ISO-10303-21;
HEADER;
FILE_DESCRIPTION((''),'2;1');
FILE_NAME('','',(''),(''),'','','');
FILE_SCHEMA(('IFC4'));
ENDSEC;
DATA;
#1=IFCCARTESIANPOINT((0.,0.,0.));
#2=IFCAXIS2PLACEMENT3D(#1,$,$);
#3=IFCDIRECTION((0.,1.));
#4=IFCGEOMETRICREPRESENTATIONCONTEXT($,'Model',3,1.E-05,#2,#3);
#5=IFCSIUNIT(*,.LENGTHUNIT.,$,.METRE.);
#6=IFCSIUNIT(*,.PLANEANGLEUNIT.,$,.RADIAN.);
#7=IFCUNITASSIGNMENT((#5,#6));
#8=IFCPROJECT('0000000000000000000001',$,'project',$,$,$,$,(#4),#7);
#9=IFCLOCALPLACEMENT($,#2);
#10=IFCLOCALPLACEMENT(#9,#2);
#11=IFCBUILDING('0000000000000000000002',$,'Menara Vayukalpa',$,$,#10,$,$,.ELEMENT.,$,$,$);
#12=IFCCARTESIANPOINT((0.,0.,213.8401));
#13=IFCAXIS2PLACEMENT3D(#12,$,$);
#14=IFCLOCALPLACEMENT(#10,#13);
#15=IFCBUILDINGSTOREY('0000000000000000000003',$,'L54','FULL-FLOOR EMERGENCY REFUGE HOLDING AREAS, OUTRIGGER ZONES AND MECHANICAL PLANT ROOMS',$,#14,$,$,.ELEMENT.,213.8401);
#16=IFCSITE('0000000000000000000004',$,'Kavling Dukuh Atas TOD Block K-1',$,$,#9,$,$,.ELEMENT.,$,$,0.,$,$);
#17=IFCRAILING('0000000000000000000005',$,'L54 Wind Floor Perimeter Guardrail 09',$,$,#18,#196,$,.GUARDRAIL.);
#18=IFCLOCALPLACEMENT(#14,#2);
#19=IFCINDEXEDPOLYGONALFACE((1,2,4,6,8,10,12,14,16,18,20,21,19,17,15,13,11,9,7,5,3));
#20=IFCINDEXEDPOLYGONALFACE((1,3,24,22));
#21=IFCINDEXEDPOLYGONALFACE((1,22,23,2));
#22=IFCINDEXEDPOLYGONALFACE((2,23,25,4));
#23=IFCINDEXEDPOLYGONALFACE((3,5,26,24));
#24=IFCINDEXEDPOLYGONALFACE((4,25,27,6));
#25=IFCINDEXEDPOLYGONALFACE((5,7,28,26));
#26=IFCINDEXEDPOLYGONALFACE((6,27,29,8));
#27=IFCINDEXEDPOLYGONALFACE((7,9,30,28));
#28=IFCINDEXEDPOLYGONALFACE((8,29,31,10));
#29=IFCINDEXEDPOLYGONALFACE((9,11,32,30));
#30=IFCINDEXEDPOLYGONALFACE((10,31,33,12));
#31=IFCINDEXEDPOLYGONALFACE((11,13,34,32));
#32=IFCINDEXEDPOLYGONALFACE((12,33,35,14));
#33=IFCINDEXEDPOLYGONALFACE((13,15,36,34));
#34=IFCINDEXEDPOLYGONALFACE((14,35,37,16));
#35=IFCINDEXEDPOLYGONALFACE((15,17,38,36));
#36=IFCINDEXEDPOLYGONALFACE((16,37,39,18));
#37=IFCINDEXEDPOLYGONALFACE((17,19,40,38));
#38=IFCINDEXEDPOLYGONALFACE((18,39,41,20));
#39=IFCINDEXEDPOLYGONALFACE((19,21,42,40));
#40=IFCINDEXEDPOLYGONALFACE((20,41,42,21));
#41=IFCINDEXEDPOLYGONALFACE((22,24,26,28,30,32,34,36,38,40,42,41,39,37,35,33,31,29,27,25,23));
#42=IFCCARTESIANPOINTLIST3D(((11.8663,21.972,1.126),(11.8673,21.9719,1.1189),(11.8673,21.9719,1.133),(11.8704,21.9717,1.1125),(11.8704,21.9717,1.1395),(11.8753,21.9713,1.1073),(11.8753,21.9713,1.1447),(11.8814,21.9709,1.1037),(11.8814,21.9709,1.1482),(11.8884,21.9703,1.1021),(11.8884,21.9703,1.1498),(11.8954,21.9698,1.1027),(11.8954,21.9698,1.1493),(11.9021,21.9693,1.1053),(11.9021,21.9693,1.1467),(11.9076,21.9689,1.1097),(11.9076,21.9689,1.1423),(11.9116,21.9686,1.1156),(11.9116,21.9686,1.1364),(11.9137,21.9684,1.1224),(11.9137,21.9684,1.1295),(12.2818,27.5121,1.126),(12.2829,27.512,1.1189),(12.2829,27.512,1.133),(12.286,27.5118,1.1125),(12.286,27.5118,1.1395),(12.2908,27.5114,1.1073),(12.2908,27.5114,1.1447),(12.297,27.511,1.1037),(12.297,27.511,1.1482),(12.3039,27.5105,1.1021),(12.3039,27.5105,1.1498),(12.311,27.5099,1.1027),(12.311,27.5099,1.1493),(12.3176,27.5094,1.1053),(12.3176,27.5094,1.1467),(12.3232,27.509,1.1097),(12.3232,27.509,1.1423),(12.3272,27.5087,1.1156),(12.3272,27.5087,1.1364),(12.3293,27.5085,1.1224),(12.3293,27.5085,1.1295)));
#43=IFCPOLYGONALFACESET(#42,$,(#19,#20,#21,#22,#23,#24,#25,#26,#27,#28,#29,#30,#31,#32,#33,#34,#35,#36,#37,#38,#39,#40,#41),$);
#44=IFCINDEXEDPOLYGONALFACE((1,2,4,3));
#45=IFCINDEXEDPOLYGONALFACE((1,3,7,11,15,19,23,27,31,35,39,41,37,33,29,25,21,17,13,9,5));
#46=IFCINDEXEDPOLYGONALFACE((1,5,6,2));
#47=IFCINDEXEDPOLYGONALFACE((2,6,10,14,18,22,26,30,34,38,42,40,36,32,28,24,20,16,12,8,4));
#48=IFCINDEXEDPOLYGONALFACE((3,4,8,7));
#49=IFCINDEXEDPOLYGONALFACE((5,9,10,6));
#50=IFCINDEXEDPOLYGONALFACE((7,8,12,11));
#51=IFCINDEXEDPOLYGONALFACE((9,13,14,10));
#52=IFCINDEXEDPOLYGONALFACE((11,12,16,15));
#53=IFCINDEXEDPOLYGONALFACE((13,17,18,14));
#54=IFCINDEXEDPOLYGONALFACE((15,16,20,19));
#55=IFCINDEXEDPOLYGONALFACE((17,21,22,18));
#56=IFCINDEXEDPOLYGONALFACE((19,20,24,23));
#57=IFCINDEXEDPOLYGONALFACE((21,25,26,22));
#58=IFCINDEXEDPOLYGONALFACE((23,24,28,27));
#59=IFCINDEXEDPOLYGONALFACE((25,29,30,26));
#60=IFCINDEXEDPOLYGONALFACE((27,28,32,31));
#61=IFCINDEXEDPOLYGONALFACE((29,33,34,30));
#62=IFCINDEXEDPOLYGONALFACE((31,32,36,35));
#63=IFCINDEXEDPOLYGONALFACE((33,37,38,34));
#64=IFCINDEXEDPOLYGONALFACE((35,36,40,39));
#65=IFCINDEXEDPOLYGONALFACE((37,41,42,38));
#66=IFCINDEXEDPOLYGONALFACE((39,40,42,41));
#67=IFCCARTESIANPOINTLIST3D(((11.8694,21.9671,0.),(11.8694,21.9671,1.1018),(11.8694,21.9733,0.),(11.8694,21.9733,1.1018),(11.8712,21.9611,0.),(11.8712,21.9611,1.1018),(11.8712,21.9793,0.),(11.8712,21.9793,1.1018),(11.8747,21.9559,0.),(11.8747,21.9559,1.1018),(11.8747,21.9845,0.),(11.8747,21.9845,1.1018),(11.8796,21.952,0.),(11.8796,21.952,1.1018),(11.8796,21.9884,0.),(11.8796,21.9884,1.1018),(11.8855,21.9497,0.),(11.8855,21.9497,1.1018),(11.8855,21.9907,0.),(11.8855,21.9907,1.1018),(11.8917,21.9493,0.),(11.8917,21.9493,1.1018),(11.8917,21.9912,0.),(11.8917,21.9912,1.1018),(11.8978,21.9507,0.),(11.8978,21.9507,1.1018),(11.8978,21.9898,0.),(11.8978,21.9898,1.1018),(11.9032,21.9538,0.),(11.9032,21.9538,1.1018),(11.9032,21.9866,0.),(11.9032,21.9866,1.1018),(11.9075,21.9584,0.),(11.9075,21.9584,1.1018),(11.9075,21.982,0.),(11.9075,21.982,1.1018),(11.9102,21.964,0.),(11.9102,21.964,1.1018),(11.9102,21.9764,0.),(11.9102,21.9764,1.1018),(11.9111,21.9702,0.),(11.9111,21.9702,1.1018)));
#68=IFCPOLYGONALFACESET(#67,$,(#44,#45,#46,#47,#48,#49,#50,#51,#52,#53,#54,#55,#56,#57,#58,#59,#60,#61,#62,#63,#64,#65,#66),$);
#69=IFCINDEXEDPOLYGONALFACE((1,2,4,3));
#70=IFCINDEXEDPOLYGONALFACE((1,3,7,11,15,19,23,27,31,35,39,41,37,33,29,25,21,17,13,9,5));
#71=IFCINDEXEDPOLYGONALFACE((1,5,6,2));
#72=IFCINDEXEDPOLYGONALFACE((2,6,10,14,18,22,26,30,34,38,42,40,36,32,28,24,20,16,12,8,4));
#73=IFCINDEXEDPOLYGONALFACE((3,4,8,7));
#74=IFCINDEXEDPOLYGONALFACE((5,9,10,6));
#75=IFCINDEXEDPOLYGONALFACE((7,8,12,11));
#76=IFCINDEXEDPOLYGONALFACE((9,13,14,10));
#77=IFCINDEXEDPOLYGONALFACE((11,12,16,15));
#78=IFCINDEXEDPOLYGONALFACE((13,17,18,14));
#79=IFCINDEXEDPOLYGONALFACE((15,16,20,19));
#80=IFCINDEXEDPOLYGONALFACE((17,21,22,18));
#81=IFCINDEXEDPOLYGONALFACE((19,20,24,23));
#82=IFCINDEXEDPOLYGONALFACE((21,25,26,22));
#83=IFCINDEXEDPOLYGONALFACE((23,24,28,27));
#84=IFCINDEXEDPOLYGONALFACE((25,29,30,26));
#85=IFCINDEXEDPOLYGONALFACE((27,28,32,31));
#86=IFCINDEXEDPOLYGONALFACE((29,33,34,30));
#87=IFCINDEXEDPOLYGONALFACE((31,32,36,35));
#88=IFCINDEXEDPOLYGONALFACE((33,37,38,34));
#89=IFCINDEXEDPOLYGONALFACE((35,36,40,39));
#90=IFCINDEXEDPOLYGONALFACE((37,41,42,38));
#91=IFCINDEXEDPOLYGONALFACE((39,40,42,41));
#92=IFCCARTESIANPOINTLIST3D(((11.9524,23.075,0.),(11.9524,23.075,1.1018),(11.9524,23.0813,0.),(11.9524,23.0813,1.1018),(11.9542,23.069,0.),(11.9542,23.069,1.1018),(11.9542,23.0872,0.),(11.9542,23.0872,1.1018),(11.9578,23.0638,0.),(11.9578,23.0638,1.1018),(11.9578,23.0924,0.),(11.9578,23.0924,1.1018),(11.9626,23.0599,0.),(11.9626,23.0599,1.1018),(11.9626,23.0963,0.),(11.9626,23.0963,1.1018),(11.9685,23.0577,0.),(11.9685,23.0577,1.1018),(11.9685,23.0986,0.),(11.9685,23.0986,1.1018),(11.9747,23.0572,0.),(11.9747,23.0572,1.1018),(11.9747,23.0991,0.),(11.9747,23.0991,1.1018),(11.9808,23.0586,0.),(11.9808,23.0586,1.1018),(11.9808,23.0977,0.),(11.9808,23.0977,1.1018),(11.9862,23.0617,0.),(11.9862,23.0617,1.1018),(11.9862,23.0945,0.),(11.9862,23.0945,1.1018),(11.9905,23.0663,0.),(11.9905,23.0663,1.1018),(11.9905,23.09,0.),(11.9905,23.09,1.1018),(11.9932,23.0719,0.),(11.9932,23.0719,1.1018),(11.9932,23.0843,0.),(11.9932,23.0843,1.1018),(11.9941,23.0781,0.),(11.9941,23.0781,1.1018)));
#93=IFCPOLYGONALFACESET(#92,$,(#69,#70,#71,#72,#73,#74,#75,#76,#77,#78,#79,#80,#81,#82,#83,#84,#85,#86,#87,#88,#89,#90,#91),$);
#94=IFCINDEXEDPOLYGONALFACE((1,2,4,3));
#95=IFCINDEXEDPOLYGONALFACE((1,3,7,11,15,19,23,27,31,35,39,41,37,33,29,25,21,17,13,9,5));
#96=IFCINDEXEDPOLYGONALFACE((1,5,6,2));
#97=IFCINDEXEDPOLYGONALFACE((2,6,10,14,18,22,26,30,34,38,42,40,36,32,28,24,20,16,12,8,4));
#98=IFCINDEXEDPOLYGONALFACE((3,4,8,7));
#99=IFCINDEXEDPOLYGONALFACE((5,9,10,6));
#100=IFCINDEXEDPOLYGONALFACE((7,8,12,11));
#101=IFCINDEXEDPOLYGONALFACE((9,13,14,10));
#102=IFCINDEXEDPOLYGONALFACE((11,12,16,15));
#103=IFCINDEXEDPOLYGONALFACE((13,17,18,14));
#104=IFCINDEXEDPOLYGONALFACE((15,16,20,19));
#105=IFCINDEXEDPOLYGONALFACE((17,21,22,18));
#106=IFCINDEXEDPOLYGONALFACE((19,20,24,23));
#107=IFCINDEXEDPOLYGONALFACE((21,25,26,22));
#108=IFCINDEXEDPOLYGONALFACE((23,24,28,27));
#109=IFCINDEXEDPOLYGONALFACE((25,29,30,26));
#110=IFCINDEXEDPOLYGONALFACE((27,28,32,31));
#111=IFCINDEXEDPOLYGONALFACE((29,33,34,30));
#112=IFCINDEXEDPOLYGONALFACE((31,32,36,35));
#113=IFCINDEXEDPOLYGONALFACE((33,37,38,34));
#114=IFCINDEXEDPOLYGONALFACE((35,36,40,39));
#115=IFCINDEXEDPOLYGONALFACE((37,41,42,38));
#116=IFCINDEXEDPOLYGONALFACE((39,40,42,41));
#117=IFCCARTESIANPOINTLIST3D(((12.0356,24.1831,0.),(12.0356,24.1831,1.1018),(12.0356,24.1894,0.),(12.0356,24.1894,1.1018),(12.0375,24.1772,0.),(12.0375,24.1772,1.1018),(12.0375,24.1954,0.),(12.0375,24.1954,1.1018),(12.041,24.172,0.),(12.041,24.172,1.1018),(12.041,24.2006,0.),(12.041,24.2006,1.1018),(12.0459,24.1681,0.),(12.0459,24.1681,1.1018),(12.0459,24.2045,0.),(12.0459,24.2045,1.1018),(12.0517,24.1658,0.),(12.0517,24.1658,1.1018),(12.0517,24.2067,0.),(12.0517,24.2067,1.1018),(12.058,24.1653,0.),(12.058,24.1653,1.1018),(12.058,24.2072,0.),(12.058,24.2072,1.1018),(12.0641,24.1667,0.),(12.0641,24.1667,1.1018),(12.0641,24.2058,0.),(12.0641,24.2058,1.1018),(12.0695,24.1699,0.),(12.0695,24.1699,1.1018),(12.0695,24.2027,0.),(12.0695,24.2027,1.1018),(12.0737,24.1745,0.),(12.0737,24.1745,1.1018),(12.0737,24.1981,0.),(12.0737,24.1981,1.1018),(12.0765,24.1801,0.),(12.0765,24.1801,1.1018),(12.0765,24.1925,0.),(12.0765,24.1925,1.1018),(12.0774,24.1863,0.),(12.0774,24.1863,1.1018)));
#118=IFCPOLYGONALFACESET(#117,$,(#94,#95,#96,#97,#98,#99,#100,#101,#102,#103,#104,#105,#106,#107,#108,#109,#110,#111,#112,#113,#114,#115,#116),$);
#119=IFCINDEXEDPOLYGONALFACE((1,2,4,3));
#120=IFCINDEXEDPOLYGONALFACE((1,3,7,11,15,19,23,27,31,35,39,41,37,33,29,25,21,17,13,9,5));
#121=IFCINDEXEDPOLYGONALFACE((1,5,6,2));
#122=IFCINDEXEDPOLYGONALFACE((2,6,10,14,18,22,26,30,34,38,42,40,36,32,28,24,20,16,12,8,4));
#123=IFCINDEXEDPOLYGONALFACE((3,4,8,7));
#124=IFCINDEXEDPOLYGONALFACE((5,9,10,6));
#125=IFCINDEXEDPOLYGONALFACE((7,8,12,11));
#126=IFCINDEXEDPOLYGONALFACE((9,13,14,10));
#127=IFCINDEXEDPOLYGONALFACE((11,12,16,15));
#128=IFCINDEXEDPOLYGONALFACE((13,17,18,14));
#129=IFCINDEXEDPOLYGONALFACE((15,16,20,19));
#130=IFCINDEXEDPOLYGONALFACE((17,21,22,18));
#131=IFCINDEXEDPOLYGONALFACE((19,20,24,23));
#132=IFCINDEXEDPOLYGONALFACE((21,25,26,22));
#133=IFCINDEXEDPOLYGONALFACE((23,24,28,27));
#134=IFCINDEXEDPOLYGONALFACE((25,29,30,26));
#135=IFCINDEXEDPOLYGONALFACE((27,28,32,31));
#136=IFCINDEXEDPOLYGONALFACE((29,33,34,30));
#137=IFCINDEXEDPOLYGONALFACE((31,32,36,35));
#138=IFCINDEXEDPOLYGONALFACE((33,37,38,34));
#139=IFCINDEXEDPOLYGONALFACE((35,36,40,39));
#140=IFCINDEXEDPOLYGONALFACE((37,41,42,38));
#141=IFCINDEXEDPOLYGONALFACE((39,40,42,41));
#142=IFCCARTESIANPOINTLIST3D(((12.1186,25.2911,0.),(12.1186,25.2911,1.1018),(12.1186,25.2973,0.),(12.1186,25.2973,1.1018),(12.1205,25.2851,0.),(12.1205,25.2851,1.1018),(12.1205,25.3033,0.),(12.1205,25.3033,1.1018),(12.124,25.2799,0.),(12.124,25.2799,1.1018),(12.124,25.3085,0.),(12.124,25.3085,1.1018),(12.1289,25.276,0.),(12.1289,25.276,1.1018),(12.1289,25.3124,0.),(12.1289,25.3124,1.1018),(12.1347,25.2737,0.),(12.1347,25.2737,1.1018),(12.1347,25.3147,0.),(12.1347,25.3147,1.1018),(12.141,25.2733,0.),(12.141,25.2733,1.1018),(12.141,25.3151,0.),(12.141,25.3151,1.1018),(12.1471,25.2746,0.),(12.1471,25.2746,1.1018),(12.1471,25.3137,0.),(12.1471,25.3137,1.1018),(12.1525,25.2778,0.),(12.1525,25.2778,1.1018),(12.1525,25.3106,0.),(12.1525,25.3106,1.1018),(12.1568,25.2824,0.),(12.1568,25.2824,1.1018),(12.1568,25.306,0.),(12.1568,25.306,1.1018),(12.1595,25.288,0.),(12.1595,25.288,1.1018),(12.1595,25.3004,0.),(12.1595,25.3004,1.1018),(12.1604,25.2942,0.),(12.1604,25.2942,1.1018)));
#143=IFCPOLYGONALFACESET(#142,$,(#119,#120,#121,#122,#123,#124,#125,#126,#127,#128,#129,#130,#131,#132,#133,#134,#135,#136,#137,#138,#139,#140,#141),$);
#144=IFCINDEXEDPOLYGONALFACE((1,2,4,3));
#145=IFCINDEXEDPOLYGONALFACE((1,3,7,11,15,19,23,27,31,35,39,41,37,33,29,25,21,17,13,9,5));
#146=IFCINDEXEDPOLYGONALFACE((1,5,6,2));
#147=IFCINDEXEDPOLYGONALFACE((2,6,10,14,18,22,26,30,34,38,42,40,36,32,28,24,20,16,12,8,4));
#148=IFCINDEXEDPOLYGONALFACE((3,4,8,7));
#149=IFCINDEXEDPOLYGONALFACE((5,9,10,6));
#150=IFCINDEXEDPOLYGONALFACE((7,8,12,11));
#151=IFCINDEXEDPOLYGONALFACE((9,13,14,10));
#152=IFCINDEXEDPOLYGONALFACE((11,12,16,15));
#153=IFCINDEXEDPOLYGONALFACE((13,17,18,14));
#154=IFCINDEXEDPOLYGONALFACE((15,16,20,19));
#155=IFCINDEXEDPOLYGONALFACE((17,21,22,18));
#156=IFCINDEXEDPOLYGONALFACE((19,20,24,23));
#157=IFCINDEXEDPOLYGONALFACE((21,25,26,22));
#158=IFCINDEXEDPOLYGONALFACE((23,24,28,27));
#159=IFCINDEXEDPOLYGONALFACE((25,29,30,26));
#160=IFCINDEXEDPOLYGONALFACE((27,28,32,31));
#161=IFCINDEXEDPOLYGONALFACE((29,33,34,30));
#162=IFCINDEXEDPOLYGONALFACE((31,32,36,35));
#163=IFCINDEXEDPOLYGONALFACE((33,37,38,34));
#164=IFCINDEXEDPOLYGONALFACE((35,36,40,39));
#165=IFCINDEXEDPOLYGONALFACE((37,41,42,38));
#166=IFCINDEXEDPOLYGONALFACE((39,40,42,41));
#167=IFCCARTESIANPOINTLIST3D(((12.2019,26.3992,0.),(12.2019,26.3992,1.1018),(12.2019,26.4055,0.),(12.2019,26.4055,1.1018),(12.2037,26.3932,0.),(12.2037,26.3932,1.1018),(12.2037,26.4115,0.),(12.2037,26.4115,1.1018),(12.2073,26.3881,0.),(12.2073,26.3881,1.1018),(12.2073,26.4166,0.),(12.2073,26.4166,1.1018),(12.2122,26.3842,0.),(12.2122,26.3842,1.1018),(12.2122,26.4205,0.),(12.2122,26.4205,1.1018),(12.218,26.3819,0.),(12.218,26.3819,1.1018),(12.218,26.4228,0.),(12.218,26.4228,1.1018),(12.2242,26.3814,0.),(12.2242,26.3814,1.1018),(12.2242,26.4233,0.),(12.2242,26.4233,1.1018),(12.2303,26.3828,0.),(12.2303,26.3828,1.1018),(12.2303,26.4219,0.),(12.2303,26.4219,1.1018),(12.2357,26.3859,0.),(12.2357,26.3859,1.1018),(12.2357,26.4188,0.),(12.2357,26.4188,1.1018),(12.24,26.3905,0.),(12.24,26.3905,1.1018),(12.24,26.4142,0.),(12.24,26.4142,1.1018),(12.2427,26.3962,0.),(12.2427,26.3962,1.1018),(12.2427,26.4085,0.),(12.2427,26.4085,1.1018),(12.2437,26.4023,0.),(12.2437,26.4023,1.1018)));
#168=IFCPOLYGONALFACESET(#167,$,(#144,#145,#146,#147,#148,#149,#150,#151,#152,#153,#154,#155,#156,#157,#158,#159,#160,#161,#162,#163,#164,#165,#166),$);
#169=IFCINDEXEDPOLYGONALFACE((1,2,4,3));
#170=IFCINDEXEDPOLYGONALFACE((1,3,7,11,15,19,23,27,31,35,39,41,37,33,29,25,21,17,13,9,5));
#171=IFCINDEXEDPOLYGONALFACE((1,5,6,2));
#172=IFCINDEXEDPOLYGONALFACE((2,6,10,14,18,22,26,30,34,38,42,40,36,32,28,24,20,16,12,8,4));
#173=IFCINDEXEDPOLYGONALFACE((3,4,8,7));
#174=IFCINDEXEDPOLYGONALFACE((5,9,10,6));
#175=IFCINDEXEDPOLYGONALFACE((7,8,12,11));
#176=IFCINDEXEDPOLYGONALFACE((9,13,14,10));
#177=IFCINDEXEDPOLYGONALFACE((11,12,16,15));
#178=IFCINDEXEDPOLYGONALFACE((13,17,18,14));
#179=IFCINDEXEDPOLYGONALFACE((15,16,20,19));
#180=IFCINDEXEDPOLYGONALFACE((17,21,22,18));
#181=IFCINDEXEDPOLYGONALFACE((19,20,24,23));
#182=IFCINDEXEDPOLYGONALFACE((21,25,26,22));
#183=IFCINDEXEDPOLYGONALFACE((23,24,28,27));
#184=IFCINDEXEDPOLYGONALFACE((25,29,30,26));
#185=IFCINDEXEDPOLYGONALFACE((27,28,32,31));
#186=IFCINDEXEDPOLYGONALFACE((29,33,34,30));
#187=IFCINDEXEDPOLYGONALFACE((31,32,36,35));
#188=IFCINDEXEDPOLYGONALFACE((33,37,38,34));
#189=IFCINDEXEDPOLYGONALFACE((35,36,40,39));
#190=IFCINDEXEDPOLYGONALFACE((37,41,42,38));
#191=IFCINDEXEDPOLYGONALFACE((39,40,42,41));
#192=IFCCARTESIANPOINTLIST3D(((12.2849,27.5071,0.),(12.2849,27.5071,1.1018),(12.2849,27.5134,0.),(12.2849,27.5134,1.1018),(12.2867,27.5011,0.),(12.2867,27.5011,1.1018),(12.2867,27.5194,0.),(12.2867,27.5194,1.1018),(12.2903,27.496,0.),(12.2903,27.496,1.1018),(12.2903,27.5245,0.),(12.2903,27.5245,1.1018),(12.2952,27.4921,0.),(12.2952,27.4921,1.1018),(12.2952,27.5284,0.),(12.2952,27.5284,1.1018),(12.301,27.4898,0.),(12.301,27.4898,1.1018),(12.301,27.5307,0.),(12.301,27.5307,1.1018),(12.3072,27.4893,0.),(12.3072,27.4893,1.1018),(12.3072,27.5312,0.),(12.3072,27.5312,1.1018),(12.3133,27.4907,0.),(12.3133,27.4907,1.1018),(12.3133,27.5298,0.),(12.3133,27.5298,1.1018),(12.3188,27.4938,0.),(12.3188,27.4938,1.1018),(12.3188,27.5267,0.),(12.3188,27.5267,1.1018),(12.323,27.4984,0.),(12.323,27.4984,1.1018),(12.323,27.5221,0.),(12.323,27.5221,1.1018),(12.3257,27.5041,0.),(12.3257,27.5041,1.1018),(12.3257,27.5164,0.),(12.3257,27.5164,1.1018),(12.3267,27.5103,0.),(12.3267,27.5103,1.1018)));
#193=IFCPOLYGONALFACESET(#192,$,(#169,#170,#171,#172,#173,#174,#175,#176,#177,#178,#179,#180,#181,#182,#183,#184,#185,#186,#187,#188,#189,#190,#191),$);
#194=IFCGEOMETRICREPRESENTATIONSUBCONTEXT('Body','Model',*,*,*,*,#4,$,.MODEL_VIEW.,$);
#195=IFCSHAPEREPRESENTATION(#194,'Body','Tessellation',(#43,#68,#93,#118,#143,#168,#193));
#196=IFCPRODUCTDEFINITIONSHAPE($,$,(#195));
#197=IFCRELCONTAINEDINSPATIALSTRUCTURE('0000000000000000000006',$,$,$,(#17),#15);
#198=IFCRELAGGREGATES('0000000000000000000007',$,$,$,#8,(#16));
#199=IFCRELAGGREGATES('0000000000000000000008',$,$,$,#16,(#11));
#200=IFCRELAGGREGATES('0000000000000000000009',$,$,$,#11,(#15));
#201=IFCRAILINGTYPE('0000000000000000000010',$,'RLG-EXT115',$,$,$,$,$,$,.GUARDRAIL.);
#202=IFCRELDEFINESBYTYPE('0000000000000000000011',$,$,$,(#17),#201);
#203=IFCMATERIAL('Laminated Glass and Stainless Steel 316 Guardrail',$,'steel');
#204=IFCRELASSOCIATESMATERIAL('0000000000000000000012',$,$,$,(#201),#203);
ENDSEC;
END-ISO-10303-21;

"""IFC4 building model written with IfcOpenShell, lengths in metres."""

from ifc_helpers import new_model, si_unit, direction, frame, origin, origin_2d, place, context, subcontext, project, spatial, circle, extrude, material, type_object, element, save


model = new_model("IFC4")

# Units and contexts
model_context = context("Model", 3, precision=1e-05, world=origin(), true_north=direction((0.0, 1.0)))
body_context = subcontext(model_context, "Body", "Model", "MODEL_VIEW")
ifc_project = project(units=[si_unit("LENGTHUNIT", "METRE"), si_unit("PLANEANGLEUNIT", "RADIAN")], contexts=[model_context])

# Site, building, storey
site_placement = place(None, origin())
site = spatial("IfcSite", under=ifc_project, at=site_placement, Name="Kavling Dukuh Atas TOD Block K-1", CompositionType="ELEMENT", RefElevation=0.0)
building_placement = place(site_placement, origin())
building = spatial("IfcBuilding", under=site, at=building_placement, Name="Menara Vayukalpa", CompositionType="ELEMENT")
storey_placement = place(building_placement, frame((0.0, 0.0, 213.8401)))
storey = spatial("IfcBuildingStorey", under=building, at=storey_placement, Name="L54", Description="FULL-FLOOR EMERGENCY REFUGE HOLDING AREAS, OUTRIGGER ZONES AND MECHANICAL PLANT ROOMS", CompositionType="ELEMENT", Elevation=213.8401)

# Railing
ifc_material_1 = material(Name="Laminated Glass and Stainless Steel 316 Guardrail", Category="steel")
railing_type_1 = type_object("IfcRailingType", Name="RLG-EXT115", PredefinedType="GUARDRAIL", material=ifc_material_1)
railing_1_placement = place(storey_placement, frame((11.8901, 21.9702, 0.0)))
element("IfcRailing", 1, at=railing_1_placement, inside=storey, type_object=railing_type_1, Name="L54 Wind Floor Perimeter Guardrail 09", PredefinedType="GUARDRAIL", context=body_context, shape_type="SweptSolid", body=[
    extrude(circle(Radius=0.0239, at=origin_2d()), frame((0.0, 0.0, 1.126), z_axis=(0.074794, 0.997199, 0.0), x_axis=(-0.997199, 0.074794, 0.0)), (0.0, 0.0, 1.0), 5.5557),
    extrude(circle(Radius=0.021, at=origin_2d()), origin(), (0.0, 0.0, 1.0), 1.1018),
    extrude(circle(Radius=0.021, at=origin_2d()), frame((0.083, 1.1079, 0.0)), (0.0, 0.0, 1.0), 1.1018),
    extrude(circle(Radius=0.021, at=origin_2d()), frame((0.1663, 2.2161, 0.0)), (0.0, 0.0, 1.0), 1.1018),
    extrude(circle(Radius=0.021, at=origin_2d()), frame((0.2493, 3.324, 0.0)), (0.0, 0.0, 1.0), 1.1018),
    extrude(circle(Radius=0.021, at=origin_2d()), frame((0.3325, 4.4321, 0.0)), (0.0, 0.0, 1.0), 1.1018),
    extrude(circle(Radius=0.021, at=origin_2d()), frame((0.4155, 5.54, 0.0)), (0.0, 0.0, 1.0), 1.1018),
])

save(model, "model.ifc")
